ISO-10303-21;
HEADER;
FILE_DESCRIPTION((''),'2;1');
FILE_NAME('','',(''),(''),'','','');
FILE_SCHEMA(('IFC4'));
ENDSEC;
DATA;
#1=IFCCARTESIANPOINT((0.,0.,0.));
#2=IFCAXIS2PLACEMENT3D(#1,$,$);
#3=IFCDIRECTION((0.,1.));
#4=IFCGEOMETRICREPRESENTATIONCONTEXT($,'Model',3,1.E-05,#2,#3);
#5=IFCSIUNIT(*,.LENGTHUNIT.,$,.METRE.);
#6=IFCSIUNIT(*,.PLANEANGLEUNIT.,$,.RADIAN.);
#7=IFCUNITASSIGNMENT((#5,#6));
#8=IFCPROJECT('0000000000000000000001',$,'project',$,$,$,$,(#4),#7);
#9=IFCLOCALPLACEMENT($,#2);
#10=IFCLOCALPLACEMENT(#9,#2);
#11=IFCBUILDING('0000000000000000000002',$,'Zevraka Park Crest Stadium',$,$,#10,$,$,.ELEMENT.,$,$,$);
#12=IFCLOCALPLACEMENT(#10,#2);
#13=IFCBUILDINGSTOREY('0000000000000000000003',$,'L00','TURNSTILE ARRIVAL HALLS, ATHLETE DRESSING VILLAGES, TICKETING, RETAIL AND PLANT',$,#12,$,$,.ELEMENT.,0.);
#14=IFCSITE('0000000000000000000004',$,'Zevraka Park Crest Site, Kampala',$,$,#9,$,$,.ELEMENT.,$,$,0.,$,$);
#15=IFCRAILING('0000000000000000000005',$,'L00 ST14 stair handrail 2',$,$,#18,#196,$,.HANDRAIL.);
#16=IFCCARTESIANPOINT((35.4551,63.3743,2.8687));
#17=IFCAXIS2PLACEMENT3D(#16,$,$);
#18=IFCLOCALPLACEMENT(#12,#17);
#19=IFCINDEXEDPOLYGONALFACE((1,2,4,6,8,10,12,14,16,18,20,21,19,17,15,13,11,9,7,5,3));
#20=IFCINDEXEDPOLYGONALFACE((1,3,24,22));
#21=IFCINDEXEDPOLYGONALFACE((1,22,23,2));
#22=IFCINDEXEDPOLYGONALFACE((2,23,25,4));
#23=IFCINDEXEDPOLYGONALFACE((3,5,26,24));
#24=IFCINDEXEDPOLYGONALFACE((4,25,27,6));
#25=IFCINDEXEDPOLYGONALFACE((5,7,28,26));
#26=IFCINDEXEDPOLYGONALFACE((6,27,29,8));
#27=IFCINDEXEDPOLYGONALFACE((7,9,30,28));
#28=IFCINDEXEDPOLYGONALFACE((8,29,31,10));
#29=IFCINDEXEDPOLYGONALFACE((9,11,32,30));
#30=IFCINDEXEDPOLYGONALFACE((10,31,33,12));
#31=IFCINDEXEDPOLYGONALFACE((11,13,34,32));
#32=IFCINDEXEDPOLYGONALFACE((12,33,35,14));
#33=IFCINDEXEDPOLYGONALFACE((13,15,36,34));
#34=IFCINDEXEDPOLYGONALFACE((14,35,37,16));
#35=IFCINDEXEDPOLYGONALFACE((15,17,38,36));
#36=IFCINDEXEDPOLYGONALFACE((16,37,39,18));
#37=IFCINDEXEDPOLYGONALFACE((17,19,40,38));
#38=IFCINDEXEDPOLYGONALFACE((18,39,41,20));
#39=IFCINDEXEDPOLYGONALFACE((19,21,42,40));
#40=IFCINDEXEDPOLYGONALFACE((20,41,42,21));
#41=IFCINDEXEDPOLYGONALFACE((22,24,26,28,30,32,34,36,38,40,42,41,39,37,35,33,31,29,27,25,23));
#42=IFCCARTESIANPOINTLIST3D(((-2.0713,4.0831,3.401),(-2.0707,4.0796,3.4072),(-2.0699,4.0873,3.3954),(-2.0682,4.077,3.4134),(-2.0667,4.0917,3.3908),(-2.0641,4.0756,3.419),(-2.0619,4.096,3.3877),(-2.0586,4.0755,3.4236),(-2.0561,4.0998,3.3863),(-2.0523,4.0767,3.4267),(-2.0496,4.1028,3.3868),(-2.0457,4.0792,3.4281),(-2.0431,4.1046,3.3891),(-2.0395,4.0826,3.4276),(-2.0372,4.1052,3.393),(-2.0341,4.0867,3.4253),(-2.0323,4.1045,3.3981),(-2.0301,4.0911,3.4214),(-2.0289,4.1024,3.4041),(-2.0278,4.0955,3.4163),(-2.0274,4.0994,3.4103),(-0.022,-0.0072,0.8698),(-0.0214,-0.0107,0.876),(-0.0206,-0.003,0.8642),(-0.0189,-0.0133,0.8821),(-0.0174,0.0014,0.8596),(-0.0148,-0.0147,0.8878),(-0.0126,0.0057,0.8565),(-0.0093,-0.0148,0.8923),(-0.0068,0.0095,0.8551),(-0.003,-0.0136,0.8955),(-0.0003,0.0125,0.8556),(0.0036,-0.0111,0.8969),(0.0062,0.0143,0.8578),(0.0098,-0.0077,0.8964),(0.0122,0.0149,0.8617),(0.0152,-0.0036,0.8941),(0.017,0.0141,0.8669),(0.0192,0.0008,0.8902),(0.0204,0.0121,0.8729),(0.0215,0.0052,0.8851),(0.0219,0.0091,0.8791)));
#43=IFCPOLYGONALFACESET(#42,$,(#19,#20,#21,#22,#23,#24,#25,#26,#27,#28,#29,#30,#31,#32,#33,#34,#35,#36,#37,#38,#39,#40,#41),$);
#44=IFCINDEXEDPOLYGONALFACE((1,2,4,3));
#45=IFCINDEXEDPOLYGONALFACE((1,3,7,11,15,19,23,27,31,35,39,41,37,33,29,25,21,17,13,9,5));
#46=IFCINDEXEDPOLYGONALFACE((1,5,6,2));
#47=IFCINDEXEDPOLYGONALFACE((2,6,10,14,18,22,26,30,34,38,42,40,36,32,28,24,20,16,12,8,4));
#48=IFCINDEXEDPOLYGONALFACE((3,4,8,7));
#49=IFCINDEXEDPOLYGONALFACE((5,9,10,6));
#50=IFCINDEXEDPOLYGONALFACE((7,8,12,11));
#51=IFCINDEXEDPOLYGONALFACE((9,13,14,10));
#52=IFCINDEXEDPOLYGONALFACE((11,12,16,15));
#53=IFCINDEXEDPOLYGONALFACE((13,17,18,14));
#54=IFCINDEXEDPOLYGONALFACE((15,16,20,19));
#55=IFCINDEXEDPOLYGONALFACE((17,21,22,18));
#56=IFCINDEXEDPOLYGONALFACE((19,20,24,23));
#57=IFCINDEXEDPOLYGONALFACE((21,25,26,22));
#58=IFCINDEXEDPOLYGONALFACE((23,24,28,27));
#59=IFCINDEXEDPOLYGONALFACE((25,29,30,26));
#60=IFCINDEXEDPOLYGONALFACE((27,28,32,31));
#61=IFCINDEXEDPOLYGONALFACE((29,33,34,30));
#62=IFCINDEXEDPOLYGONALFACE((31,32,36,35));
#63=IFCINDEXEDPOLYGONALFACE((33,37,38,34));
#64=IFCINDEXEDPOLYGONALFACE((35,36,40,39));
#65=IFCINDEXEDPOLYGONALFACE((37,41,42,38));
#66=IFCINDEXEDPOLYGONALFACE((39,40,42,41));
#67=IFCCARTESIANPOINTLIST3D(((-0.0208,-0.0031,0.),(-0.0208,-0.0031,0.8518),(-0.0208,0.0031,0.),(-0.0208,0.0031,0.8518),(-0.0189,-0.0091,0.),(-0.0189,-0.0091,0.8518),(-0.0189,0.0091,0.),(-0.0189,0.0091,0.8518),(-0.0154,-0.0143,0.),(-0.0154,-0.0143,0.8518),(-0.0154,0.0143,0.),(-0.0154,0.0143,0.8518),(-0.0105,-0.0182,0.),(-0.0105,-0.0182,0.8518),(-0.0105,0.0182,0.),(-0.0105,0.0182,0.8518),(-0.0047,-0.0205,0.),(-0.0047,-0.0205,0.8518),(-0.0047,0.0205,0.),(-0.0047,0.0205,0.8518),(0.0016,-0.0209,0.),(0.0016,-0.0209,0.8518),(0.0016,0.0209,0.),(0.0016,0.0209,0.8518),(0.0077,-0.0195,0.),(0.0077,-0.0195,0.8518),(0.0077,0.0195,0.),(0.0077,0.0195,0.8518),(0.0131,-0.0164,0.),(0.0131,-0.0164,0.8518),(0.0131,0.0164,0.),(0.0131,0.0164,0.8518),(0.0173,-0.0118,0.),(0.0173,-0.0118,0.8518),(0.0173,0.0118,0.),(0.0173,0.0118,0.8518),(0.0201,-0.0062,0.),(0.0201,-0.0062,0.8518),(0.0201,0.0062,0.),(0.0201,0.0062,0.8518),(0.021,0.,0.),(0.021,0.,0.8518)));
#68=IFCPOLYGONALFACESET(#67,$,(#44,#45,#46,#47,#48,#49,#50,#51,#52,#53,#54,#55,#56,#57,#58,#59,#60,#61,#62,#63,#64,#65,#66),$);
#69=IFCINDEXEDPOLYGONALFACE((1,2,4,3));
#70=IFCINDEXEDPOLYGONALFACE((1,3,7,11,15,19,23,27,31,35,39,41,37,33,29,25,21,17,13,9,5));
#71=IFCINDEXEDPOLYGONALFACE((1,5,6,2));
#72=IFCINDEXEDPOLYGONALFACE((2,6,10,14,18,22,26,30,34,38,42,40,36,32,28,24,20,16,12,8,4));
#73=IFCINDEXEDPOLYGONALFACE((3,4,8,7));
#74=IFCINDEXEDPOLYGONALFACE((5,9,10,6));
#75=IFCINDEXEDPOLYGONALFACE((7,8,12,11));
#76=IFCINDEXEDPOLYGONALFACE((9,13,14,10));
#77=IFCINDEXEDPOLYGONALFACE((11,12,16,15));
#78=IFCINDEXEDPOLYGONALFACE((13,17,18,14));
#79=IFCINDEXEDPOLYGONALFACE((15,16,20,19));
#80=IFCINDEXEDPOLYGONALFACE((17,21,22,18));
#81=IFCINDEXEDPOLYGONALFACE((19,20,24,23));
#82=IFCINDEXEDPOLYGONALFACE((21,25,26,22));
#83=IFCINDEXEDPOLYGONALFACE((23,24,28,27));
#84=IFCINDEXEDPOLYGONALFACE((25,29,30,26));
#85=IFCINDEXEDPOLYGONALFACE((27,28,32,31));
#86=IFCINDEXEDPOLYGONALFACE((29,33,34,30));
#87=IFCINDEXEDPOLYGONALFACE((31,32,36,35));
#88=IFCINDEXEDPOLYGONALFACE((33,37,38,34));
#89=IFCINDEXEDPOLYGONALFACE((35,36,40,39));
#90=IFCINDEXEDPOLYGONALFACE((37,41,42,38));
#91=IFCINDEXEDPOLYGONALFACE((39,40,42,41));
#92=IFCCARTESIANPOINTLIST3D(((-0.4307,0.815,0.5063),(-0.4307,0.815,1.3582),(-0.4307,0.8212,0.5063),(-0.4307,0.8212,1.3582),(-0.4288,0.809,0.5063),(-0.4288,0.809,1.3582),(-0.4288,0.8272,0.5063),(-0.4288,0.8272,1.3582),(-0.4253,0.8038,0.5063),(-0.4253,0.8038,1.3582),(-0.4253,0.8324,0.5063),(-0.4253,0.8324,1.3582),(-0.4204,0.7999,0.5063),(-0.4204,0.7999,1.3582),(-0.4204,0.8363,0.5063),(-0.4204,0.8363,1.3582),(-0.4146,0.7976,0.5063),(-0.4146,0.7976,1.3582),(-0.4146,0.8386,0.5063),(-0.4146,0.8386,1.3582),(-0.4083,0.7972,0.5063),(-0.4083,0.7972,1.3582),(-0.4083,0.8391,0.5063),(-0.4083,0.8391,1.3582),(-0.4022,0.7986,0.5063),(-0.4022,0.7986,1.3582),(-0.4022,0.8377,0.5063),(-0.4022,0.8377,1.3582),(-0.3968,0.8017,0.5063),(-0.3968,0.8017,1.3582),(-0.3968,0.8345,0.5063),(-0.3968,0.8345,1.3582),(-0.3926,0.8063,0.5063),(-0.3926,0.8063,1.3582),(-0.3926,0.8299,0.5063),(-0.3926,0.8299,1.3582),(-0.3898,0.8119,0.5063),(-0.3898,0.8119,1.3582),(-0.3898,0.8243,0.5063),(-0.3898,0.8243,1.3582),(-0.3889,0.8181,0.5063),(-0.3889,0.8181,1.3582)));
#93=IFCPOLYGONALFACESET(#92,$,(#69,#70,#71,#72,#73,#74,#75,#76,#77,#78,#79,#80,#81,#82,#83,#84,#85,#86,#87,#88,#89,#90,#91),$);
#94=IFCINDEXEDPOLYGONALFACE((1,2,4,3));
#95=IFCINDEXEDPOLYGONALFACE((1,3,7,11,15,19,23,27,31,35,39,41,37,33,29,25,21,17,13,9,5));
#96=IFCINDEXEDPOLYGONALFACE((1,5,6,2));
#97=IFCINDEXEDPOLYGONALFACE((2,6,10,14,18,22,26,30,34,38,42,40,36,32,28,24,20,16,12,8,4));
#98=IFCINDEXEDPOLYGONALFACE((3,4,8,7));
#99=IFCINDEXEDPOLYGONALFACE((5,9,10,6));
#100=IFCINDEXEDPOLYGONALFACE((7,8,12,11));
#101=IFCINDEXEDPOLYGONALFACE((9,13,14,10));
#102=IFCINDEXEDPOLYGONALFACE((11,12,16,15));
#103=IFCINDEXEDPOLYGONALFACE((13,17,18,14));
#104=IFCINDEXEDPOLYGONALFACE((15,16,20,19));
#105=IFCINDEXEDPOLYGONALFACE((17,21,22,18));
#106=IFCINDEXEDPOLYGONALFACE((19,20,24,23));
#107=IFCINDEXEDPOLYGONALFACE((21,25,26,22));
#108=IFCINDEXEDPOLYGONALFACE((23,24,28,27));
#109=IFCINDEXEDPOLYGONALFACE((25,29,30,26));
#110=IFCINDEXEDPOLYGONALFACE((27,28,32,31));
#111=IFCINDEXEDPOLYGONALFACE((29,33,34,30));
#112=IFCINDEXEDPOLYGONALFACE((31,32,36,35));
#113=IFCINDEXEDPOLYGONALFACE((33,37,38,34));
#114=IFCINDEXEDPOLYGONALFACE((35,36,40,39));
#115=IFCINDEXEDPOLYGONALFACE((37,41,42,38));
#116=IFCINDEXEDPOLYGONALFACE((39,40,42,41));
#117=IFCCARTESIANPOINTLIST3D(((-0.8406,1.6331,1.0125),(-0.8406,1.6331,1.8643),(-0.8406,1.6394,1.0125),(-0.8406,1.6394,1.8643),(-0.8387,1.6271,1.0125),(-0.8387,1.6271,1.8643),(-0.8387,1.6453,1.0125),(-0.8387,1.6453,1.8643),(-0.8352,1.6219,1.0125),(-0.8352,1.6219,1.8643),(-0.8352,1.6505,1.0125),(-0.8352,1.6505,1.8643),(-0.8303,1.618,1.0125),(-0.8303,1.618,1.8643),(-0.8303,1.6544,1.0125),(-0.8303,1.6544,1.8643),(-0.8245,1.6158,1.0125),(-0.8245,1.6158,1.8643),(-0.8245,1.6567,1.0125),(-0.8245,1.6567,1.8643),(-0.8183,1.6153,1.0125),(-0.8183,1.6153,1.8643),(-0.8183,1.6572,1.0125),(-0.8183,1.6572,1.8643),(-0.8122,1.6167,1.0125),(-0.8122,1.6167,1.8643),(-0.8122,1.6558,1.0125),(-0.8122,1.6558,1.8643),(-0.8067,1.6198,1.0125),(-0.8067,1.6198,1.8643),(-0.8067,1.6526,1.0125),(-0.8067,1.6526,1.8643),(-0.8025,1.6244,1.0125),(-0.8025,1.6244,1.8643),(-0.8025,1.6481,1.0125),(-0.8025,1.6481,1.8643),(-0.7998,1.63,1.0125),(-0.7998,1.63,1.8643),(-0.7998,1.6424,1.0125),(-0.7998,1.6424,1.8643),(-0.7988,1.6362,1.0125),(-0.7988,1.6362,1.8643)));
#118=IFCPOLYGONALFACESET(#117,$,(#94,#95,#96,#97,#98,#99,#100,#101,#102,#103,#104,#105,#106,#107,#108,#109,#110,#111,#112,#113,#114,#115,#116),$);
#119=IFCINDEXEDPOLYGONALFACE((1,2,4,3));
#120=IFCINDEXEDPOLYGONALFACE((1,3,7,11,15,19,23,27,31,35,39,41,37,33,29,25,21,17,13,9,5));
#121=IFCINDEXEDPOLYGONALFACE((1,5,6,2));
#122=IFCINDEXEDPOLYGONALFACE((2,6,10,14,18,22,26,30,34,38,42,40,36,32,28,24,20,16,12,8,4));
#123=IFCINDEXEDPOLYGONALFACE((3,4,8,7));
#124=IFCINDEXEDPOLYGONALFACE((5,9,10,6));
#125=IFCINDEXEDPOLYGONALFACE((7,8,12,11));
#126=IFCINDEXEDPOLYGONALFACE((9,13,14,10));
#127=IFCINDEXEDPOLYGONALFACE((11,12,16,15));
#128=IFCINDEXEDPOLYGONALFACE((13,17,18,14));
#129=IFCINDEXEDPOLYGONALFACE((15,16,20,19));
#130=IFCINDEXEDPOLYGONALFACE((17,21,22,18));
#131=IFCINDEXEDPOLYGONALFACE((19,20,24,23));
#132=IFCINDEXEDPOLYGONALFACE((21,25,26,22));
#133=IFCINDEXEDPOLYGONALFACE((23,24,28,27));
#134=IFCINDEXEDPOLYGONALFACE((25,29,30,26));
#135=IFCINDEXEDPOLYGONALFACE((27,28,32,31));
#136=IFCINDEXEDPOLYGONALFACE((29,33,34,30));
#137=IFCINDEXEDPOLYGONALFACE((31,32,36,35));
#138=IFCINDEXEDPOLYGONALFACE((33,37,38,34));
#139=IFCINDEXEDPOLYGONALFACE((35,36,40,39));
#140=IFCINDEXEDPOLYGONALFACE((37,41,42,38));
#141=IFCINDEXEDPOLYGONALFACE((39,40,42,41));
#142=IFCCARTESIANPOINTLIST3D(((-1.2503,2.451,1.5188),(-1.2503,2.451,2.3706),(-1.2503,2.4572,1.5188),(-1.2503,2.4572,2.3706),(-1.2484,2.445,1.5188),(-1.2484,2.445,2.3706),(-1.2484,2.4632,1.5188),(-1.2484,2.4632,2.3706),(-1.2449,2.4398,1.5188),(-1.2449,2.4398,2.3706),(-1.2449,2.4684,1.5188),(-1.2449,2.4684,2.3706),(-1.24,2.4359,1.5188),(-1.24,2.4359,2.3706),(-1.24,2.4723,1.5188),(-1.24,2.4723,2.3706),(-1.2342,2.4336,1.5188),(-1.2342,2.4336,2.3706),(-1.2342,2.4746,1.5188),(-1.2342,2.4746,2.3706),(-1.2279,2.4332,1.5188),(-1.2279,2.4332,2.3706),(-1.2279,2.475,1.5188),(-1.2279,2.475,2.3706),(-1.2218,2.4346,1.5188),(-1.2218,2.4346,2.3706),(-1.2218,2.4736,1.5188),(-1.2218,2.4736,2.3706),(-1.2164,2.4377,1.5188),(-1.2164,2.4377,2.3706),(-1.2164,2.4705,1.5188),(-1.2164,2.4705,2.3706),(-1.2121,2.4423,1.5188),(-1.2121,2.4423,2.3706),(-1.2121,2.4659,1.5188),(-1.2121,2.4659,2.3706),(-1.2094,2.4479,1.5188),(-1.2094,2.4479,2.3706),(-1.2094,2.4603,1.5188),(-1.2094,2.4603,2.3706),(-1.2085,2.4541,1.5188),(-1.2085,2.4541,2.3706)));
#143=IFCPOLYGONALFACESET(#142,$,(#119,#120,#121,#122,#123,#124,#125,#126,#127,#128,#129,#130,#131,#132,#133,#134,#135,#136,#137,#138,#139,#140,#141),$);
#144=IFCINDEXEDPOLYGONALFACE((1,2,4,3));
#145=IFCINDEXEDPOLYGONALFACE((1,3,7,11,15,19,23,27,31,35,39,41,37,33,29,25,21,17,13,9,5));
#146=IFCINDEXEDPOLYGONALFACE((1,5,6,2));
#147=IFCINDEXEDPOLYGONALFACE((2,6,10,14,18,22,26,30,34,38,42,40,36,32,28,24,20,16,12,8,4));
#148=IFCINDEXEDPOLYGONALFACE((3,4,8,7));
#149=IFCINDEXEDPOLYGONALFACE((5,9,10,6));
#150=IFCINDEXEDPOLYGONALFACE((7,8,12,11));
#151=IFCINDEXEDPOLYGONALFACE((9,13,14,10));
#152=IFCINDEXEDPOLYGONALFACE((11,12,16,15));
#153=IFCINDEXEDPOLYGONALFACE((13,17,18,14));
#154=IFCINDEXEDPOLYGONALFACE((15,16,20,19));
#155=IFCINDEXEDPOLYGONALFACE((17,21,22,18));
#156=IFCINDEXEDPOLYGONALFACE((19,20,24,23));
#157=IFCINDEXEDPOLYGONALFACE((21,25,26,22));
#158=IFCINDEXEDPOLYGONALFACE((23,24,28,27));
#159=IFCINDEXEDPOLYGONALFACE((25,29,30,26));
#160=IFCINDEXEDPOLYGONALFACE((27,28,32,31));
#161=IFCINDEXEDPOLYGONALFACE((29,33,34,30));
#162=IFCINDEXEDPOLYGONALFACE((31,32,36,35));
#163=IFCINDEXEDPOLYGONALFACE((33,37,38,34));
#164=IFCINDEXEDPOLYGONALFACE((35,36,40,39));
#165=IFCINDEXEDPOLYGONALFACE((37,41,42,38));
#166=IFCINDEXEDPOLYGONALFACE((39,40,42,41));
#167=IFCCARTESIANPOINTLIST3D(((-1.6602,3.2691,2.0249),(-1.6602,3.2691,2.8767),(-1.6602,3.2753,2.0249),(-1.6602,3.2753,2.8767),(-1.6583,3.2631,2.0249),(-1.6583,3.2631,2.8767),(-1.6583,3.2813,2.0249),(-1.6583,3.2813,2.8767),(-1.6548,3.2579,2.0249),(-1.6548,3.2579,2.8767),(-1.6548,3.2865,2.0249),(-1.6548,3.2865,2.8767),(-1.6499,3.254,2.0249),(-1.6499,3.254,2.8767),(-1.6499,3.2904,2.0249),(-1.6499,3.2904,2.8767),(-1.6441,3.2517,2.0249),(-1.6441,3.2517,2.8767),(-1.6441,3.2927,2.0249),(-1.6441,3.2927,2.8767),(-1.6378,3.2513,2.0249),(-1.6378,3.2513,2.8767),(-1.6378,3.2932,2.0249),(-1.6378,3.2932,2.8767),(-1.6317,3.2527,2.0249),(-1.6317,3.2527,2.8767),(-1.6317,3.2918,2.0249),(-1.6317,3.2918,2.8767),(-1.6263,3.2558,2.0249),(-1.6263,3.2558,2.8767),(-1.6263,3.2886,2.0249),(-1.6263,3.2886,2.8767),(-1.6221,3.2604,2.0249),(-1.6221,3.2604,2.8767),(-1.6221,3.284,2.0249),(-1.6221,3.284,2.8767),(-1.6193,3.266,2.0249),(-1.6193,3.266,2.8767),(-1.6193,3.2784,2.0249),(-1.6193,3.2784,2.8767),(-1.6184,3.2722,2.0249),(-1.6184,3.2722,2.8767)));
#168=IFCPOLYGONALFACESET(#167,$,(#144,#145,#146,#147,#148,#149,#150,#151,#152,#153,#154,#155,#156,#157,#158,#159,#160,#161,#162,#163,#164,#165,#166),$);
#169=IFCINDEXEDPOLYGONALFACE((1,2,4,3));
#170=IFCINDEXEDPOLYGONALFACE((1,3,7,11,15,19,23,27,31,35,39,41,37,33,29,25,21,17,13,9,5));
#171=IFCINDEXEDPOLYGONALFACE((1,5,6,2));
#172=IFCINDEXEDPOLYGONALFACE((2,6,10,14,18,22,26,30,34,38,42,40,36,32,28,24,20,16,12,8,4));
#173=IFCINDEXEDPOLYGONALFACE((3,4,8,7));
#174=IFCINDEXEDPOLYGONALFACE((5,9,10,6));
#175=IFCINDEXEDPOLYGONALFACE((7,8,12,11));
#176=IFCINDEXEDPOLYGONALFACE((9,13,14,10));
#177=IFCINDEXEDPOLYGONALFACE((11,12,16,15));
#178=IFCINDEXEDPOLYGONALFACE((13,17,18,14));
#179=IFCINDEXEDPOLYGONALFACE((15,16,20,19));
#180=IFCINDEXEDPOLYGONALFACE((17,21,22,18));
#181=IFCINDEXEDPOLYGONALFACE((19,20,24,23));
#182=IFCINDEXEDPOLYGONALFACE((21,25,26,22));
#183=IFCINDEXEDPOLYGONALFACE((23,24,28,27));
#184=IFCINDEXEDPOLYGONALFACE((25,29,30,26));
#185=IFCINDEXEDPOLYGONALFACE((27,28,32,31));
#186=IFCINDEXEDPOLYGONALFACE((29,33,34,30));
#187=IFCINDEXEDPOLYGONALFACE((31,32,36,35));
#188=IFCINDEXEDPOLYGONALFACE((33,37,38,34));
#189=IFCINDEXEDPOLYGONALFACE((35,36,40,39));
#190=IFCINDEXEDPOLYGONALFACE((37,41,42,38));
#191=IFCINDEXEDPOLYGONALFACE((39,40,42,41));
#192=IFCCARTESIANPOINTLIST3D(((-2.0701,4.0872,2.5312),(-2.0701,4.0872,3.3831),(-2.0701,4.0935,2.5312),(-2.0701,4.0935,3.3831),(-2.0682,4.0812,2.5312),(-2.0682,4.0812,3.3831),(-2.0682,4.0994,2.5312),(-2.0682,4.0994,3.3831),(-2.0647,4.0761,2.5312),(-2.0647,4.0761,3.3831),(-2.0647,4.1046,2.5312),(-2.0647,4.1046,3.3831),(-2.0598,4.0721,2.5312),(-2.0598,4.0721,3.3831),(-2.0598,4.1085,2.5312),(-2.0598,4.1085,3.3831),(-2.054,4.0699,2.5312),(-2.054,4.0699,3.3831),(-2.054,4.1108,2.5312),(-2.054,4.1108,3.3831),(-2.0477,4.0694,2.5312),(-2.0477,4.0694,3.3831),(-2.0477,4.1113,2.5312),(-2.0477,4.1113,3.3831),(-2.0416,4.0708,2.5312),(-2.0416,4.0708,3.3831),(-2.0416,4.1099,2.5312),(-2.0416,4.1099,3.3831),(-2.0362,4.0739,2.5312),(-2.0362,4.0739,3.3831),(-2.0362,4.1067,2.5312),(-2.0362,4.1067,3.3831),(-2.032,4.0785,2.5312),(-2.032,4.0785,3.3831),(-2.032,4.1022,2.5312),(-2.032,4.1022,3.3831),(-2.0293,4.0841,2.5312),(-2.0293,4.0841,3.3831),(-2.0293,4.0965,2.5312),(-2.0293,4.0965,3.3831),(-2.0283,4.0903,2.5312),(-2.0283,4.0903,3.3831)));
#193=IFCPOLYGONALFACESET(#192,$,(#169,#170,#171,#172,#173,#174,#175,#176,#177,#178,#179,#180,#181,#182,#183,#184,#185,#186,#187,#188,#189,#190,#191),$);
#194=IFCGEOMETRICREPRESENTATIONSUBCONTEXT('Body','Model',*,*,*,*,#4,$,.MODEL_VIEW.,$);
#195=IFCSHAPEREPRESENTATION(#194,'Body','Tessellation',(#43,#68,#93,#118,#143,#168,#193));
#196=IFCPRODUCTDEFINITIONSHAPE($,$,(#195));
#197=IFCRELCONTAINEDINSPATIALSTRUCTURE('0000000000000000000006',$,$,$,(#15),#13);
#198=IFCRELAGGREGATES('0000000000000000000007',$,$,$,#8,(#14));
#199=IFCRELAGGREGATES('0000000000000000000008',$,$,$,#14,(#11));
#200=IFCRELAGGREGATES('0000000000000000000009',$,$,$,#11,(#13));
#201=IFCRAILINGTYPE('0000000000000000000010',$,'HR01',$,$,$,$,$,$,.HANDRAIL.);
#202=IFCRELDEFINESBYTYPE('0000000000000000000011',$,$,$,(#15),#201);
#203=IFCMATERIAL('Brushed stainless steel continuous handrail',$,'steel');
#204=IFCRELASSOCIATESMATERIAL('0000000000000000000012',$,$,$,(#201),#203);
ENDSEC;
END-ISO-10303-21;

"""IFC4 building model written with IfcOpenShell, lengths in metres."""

from ifc_helpers import new_model, si_unit, direction, frame, origin, origin_2d, place, context, subcontext, project, spatial, circle, extrude, material, type_object, element, save


model = new_model("IFC4")

# Units and contexts
model_context = context("Model", 3, precision=1e-05, world=origin(), true_north=direction((0.0, 1.0)))
body_context = subcontext(model_context, "Body", "Model", "MODEL_VIEW")
ifc_project = project(units=[si_unit("LENGTHUNIT", "METRE"), si_unit("PLANEANGLEUNIT", "RADIAN")], contexts=[model_context])

# Site, building, storey
site_placement = place(None, origin())
site = spatial("IfcSite", under=ifc_project, at=site_placement, Name="Zevraka Park Crest Site, Kampala", CompositionType="ELEMENT", RefElevation=0.0)
building_placement = place(site_placement, origin())
building = spatial("IfcBuilding", under=site, at=building_placement, Name="Zevraka Park Crest Stadium", CompositionType="ELEMENT")
storey_placement = place(building_placement, origin())
storey = spatial("IfcBuildingStorey", under=building, at=storey_placement, Name="L00", Description="TURNSTILE ARRIVAL HALLS, ATHLETE DRESSING VILLAGES, TICKETING, RETAIL AND PLANT", CompositionType="ELEMENT", Elevation=0.0)

# Railing
ifc_material_1 = material(Name="Brushed stainless steel continuous handrail", Category="steel")
railing_type_1 = type_object("IfcRailingType", Name="HR01", PredefinedType="HANDRAIL", material=ifc_material_1)
railing_1_placement = place(storey_placement, frame((35.4551, 63.3743, 2.8687)))
element("IfcRailing", 1, at=railing_1_placement, inside=storey, type_object=railing_type_1, Name="L00 ST14 stair handrail 2", PredefinedType="HANDRAIL", context=body_context, shape_type="SweptSolid", body=[
    extrude(circle(Radius=0.0239, at=origin_2d()), frame((0.0, 0.0, 0.876), z_axis=(-0.391947, 0.782307, 0.484121), x_axis=(-0.894064, -0.447939, 0.0)), (0.0, 0.0, 1.0), 5.2285),
    extrude(circle(Radius=0.021, at=origin_2d()), origin(), (0.0, 0.0, 1.0), 0.8518),
    extrude(circle(Radius=0.021, at=origin_2d()), frame((-0.4099, 0.8181, 0.5063)), (0.0, 0.0, 1.0), 0.8518),
    extrude(circle(Radius=0.021, at=origin_2d()), frame((-0.8198, 1.6362, 1.0125)), (0.0, 0.0, 1.0), 0.8518),
    extrude(circle(Radius=0.021, at=origin_2d()), frame((-1.2295, 2.4541, 1.5188)), (0.0, 0.0, 1.0), 0.8518),
    extrude(circle(Radius=0.021, at=origin_2d()), frame((-1.6394, 3.2722, 2.0249)), (0.0, 0.0, 1.0), 0.8518),
    extrude(circle(Radius=0.021, at=origin_2d()), frame((-2.0493, 4.0903, 2.5312)), (0.0, 0.0, 1.0), 0.8518),
])

save(model, "model.ifc")
